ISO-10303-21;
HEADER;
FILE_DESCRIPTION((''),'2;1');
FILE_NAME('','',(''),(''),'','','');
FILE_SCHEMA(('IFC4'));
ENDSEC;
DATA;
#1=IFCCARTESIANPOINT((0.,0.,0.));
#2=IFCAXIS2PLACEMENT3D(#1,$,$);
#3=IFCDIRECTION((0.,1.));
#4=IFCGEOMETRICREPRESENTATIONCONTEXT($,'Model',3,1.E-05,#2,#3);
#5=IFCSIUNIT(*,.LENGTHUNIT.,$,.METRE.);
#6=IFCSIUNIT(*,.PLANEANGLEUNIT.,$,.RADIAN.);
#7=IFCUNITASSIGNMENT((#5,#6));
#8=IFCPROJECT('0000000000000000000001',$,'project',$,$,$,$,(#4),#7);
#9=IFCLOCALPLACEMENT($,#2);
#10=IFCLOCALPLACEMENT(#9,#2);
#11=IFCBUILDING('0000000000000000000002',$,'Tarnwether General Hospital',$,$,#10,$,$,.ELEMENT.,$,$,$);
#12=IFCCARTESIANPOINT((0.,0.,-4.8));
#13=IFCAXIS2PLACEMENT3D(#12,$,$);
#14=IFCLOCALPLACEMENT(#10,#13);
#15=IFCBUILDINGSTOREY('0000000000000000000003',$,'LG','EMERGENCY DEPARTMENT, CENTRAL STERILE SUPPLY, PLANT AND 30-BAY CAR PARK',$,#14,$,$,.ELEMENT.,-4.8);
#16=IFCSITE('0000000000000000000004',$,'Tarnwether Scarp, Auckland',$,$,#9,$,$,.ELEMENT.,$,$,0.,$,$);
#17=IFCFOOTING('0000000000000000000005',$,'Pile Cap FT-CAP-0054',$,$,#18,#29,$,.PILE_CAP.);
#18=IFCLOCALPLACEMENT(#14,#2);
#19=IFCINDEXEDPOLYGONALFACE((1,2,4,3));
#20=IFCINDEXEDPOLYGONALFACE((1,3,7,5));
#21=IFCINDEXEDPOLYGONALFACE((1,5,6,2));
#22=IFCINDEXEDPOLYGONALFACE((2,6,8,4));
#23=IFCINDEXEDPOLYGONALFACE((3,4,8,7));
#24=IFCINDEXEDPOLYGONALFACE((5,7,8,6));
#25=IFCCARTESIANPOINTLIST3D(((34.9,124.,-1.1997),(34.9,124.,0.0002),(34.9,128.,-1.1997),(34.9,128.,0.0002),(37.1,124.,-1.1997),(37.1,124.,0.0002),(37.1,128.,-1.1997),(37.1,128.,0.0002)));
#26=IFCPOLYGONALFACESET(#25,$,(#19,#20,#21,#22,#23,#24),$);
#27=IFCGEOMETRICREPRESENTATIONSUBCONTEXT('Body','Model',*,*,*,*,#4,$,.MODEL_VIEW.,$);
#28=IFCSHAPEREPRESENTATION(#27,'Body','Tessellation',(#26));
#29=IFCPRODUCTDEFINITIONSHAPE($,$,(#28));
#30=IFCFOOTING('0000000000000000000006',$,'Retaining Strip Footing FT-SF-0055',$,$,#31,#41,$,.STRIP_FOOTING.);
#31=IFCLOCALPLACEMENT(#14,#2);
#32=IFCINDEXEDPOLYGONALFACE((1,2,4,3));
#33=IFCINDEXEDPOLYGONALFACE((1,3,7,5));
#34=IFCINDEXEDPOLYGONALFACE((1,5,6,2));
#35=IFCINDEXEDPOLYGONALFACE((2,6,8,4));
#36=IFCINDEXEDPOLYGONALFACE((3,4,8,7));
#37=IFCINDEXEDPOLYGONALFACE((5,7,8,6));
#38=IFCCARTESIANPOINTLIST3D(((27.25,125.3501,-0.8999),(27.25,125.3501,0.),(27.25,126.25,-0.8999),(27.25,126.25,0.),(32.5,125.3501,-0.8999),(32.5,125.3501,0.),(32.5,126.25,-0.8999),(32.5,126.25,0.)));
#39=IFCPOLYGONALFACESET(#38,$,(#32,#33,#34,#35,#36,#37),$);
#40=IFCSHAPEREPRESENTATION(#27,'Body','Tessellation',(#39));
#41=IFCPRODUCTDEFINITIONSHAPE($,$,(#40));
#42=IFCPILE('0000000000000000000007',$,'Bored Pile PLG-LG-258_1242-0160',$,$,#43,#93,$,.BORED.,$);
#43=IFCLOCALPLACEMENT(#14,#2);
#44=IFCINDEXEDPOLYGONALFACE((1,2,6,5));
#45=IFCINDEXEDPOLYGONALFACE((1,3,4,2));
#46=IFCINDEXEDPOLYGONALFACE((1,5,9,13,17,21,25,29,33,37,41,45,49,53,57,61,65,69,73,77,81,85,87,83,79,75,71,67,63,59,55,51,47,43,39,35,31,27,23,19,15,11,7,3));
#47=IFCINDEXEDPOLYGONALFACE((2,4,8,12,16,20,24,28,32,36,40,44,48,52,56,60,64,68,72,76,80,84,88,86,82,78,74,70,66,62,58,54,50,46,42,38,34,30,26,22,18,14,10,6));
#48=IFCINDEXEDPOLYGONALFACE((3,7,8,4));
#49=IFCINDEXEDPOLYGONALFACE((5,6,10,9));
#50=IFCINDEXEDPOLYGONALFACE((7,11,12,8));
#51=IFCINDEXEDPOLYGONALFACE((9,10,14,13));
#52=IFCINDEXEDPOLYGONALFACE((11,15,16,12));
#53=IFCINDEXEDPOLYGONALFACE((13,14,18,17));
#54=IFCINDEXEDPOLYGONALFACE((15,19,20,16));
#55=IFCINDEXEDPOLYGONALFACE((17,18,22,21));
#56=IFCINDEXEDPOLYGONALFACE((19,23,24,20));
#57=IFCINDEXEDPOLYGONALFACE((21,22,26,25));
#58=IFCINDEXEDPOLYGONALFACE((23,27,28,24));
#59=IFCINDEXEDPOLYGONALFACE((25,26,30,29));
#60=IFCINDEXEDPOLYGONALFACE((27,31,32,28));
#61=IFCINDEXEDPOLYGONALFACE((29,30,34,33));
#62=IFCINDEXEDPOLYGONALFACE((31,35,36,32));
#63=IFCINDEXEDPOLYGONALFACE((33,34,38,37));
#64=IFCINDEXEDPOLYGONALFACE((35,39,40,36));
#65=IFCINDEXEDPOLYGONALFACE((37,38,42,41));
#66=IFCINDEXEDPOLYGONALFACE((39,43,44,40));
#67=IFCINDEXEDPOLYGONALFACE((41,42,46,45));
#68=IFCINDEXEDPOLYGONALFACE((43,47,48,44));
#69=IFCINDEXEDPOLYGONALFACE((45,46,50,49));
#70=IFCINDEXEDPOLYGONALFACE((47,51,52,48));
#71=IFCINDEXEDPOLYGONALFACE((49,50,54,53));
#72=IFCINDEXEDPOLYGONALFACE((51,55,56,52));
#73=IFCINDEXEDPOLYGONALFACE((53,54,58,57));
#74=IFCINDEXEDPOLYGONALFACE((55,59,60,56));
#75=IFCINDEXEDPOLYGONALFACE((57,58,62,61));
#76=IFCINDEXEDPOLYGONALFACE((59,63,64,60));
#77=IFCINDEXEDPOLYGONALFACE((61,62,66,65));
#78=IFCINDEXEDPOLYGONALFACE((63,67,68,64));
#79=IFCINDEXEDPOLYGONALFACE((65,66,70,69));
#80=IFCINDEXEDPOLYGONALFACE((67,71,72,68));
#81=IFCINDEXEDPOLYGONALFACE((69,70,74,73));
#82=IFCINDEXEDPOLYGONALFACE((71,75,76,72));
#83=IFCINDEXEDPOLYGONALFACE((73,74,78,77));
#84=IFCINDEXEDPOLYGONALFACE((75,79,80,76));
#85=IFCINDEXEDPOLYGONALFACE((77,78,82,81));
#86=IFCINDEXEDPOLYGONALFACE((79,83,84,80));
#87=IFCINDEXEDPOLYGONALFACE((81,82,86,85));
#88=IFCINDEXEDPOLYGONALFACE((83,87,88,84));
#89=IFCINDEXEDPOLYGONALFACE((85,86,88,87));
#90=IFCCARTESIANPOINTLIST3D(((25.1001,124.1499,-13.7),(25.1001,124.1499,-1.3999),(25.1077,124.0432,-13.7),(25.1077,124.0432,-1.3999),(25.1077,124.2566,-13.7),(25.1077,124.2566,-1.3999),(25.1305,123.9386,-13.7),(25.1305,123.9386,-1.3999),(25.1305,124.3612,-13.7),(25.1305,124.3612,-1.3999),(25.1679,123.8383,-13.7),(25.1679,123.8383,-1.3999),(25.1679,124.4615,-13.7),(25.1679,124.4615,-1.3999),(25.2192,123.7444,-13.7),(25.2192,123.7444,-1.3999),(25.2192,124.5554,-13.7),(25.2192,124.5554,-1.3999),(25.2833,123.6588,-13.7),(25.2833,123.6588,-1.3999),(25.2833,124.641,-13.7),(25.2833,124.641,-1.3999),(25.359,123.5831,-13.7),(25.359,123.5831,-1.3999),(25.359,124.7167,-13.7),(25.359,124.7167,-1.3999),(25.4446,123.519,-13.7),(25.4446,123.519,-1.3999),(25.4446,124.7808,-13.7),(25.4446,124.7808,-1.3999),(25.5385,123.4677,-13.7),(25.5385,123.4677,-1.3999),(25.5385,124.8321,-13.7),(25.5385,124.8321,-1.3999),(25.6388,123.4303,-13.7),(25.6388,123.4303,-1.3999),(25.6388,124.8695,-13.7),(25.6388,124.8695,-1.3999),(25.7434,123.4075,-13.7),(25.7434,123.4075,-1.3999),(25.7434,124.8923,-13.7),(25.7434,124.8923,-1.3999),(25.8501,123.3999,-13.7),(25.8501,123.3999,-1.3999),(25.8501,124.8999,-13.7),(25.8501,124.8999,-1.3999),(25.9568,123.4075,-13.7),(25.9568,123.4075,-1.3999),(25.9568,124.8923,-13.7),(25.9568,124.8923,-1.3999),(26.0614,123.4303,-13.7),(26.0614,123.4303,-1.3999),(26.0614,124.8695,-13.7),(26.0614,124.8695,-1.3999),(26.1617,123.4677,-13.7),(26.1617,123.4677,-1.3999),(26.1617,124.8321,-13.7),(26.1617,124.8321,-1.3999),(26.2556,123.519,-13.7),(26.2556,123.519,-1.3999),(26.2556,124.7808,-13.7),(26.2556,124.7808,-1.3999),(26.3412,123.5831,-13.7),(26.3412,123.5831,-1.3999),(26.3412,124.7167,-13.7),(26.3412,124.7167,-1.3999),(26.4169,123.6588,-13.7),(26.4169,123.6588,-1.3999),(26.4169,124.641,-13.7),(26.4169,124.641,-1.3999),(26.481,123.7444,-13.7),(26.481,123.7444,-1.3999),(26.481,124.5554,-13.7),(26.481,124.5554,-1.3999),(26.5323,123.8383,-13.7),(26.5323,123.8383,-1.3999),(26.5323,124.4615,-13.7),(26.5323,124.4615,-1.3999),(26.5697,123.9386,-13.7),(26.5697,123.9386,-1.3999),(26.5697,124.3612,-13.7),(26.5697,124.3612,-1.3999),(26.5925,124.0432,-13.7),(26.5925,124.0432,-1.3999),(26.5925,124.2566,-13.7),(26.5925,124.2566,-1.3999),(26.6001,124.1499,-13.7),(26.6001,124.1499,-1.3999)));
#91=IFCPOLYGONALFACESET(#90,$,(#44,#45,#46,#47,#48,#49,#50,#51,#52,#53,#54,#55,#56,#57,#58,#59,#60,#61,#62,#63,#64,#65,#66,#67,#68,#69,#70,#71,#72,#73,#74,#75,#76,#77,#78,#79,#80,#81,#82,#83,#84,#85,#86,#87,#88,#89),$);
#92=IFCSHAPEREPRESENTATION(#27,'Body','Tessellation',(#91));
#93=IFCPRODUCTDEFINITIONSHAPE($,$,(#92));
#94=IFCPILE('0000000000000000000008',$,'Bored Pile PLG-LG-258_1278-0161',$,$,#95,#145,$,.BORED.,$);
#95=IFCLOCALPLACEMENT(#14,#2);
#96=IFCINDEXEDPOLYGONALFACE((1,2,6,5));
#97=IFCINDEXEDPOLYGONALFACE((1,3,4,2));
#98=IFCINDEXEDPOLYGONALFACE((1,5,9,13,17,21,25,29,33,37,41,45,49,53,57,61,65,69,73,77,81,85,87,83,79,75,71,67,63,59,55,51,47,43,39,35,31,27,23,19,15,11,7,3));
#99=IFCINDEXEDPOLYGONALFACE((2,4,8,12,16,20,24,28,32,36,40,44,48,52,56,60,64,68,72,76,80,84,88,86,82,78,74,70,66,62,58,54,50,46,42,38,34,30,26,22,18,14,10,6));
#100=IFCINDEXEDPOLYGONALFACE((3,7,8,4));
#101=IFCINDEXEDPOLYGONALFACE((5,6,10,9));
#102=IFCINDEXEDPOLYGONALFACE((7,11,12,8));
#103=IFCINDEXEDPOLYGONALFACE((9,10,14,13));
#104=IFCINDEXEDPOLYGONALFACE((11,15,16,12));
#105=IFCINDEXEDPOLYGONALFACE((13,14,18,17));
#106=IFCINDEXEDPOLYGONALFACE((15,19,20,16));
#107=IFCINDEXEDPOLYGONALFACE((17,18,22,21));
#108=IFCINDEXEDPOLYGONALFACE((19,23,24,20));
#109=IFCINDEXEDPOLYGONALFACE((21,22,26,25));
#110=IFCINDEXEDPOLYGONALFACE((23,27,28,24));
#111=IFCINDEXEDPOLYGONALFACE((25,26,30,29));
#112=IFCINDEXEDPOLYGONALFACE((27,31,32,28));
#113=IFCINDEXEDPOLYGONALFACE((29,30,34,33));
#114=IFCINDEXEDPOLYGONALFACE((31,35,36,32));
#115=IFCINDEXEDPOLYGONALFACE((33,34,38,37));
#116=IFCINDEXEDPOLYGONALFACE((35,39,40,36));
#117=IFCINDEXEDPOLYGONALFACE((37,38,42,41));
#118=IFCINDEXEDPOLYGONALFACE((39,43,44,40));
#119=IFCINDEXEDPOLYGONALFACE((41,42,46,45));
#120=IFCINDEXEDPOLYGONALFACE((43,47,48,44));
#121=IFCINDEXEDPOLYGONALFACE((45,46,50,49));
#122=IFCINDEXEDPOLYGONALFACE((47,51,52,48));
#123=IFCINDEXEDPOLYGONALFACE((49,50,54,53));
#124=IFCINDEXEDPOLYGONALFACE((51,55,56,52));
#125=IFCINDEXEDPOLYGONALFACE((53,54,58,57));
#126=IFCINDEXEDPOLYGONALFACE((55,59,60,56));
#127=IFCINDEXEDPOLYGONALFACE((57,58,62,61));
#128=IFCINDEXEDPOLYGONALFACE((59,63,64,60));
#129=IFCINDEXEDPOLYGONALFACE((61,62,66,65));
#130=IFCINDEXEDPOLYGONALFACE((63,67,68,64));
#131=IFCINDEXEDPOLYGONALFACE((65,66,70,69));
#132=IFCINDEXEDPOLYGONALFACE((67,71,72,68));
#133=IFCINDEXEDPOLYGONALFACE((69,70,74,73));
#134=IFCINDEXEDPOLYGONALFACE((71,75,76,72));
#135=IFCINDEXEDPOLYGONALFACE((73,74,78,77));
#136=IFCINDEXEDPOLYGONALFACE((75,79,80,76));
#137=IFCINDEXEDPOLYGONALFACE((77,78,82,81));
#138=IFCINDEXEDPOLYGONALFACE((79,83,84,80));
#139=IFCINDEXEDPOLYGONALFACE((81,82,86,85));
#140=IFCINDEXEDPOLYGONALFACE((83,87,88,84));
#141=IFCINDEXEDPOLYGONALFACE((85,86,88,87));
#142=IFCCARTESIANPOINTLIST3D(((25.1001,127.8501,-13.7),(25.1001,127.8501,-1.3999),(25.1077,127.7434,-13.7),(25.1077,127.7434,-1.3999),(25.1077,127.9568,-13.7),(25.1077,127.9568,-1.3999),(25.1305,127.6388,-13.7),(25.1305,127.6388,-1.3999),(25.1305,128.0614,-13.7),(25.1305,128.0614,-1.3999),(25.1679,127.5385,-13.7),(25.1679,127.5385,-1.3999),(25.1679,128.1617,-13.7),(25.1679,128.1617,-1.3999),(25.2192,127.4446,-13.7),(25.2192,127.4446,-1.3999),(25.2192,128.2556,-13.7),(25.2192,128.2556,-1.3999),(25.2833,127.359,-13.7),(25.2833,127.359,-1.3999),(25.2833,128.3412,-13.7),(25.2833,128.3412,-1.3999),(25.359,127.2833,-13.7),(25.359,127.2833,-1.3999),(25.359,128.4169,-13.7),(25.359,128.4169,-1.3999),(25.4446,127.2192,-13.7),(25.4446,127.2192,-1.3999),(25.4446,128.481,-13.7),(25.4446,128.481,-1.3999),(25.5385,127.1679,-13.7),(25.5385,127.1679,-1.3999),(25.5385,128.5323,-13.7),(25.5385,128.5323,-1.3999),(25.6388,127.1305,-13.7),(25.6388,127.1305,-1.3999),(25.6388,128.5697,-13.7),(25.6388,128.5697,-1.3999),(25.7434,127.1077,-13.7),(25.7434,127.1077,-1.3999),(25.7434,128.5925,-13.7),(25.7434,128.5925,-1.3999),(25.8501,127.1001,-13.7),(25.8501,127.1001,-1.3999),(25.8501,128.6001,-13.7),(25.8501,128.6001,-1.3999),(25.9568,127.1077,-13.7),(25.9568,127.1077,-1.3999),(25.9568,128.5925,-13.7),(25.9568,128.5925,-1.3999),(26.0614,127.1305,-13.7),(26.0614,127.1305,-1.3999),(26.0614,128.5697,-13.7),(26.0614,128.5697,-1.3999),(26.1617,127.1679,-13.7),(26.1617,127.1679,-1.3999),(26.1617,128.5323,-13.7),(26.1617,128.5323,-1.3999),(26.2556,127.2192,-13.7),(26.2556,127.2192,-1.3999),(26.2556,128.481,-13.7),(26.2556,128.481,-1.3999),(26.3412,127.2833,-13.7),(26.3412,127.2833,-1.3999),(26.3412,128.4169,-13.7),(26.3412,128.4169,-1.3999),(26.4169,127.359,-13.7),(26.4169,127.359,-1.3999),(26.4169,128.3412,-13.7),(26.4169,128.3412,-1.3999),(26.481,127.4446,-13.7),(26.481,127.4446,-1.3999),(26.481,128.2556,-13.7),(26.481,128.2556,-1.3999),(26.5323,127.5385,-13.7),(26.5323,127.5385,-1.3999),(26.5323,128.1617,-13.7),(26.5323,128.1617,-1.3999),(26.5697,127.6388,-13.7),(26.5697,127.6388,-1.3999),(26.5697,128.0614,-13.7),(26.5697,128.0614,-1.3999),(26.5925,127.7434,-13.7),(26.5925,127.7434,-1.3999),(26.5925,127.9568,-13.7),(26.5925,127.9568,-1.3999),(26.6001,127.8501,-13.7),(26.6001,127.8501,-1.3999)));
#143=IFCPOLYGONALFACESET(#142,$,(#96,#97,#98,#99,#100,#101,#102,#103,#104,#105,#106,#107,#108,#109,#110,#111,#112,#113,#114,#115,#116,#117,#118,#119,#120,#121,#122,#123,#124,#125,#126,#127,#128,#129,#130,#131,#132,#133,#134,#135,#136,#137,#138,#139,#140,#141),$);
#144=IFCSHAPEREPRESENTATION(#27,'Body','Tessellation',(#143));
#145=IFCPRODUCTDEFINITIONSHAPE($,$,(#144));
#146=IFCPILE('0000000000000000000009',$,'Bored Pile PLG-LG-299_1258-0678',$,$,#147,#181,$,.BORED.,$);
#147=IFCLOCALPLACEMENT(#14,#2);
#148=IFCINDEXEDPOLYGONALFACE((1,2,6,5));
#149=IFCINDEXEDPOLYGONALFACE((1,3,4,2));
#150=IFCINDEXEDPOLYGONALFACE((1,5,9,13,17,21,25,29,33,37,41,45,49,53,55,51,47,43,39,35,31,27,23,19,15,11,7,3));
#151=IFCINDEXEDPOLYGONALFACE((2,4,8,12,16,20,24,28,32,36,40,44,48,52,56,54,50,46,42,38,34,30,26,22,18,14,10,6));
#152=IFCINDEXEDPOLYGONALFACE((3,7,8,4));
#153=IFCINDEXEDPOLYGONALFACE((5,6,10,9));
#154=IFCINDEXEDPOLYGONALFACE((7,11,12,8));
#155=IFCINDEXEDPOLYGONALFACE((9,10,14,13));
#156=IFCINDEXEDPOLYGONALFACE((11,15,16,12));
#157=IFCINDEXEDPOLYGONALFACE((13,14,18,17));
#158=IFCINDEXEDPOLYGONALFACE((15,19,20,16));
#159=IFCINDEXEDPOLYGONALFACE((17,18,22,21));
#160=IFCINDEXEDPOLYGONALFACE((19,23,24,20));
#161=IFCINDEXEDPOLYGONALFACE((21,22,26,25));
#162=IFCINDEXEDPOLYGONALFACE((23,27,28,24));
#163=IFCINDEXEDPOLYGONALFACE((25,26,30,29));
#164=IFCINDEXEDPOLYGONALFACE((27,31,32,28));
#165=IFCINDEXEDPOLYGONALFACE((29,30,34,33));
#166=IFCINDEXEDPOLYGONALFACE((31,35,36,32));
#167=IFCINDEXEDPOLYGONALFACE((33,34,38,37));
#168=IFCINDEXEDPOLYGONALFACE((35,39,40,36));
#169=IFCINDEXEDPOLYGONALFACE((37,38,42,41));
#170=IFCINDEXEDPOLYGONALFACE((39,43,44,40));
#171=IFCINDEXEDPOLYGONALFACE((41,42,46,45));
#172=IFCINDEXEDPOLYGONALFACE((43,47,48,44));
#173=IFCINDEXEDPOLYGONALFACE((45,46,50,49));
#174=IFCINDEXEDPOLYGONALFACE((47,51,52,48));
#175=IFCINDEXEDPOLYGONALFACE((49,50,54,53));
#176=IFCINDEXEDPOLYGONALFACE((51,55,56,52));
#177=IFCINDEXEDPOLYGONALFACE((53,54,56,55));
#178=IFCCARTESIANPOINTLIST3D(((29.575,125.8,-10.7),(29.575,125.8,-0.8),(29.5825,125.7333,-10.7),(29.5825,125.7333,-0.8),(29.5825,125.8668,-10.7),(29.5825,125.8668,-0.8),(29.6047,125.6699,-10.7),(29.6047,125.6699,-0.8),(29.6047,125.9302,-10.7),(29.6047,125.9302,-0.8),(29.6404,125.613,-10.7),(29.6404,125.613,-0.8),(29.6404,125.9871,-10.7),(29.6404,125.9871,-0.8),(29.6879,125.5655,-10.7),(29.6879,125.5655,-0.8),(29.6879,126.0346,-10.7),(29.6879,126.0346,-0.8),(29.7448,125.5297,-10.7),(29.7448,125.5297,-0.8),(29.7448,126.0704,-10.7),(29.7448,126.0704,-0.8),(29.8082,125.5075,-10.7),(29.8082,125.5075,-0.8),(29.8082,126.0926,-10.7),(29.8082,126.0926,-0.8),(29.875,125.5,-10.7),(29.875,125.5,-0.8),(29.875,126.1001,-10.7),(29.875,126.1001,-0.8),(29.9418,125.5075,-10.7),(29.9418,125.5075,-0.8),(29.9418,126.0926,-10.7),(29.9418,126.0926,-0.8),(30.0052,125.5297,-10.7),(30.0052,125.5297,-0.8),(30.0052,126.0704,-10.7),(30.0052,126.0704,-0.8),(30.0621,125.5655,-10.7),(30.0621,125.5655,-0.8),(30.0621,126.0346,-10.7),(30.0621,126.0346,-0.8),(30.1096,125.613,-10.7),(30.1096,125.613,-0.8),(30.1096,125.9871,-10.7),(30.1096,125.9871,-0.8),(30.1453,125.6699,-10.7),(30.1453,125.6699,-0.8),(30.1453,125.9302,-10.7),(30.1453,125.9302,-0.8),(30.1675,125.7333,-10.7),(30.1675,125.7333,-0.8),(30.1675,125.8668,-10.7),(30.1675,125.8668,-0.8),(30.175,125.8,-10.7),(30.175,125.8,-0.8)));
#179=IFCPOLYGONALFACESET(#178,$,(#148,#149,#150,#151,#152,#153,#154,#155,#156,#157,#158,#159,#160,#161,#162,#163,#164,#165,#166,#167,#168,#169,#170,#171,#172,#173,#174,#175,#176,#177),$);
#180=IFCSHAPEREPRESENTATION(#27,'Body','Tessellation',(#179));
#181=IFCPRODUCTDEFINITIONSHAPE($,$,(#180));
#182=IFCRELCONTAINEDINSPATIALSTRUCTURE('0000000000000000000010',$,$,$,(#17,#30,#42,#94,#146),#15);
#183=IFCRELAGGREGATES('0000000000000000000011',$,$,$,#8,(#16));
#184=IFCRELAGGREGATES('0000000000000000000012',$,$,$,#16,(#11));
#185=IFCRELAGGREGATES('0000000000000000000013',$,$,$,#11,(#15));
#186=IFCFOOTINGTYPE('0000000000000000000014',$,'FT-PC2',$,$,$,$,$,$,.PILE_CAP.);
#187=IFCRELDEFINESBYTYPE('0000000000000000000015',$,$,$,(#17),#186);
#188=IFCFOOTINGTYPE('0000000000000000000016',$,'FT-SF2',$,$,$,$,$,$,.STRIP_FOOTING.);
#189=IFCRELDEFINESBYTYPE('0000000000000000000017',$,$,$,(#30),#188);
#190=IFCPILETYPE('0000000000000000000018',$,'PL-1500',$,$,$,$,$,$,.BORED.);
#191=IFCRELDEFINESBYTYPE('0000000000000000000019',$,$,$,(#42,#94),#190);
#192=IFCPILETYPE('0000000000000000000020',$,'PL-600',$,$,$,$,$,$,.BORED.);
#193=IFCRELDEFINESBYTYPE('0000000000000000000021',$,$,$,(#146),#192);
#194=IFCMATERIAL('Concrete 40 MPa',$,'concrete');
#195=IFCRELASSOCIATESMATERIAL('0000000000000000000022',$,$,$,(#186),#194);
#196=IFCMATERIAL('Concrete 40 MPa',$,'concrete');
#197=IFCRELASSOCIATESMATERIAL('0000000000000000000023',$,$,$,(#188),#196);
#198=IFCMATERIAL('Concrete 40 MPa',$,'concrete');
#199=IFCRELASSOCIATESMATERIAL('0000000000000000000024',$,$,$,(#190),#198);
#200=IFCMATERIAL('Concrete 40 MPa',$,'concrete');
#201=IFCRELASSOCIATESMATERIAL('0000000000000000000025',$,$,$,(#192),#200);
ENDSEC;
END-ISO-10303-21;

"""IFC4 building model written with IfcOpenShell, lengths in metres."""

from ifc_helpers import new_model, si_unit, direction, frame, origin, origin_2d, place, context, subcontext, project, spatial, rectangle, circle, extrude, material, material_profile, profile_set, type_object, element, save


model = new_model("IFC4")

# Units and contexts
model_context = context("Model", 3, precision=1e-05, world=origin(), true_north=direction((0.0, 1.0)))
body_context = subcontext(model_context, "Body", "Model", "MODEL_VIEW")
ifc_project = project(units=[si_unit("LENGTHUNIT", "METRE"), si_unit("PLANEANGLEUNIT", "RADIAN")], contexts=[model_context])

# Site, building, storey
site_placement = place(None, origin())
site = spatial("IfcSite", under=ifc_project, at=site_placement, Name="Tarnwether Scarp, Auckland", CompositionType="ELEMENT", RefElevation=0.0)
building_placement = place(site_placement, origin())
building = spatial("IfcBuilding", under=site, at=building_placement, Name="Tarnwether General Hospital", CompositionType="ELEMENT")
storey_placement = place(building_placement, frame((0.0, 0.0, -4.8)))
storey = spatial("IfcBuildingStorey", under=building, at=storey_placement, Name="LG", Description="EMERGENCY DEPARTMENT, CENTRAL STERILE SUPPLY, PLANT AND 30-BAY CAR PARK", CompositionType="ELEMENT", Elevation=-4.8)

# Footings
ifc_material_1 = material(Name="Concrete 40 MPa", Category="concrete")
footing_type_1 = type_object("IfcFootingType", Name="FT-PC2", PredefinedType="PILE_CAP", material=ifc_material_1)
footing_1_placement = place(storey_placement, frame((36.0, 126.0, -1.1997), z_axis=(0.0, 0.0, 1.0), x_axis=(0.0, 1.0, 0.0)))
element("IfcFooting", 1, at=footing_1_placement, inside=storey, type_object=footing_type_1, Name="Pile Cap FT-CAP-0054", PredefinedType="PILE_CAP", context=body_context, shape_type="SweptSolid", body=[
    extrude(rectangle(XDim=4.0, YDim=2.2, at=origin_2d()), origin(), (0.0, 0.0, 1.0), 1.2),
])
ifc_material_2 = material(Name="Concrete 40 MPa", Category="concrete")
footing_type_2 = type_object("IfcFootingType", Name="FT-SF2", PredefinedType="STRIP_FOOTING", material=ifc_material_2)
footing_2_placement = place(storey_placement, frame((29.875, 125.8, -0.8999), z_axis=(0.0, 0.0, 1.0), x_axis=(1.0, 0.0, 0.0)))
element("IfcFooting", 2, at=footing_2_placement, inside=storey, type_object=footing_type_2, Name="Retaining Strip Footing FT-SF-0055", PredefinedType="STRIP_FOOTING", context=body_context, shape_type="SweptSolid", body=[
    extrude(rectangle(XDim=5.25, YDim=0.8999, at=origin_2d()), origin(), (0.0, 0.0, 1.0), 0.8999),
])

# Piles
ifc_material_3 = material(Name="Concrete 40 MPa", Category="concrete")
ifc_material_profile_1 = material_profile(ifc_material_3, circle(Radius=0.75, at=origin_2d()), Name="PILE-D1500")
ifc_profile_set_1 = profile_set([ifc_material_profile_1], Name="Concrete 40 MPa")
pile_type_1 = type_object("IfcPileType", Name="PL-1500", PredefinedType="BORED", material=ifc_profile_set_1)
for number, where, z_axis, x_axis, name in (
    (3, (25.8501, 124.1499, -1.3999), (0.0, 0.0, -1.0), (1.0, 0.0, 0.0), "Bored Pile PLG-LG-258_1242-0160"),
    (4, (25.8501, 127.8501, -1.3999), (0.0, 0.0, -1.0), (1.0, 0.0, 0.0), "Bored Pile PLG-LG-258_1278-0161"),
):
    element("IfcPile", number, at=place(storey_placement, frame(where, z_axis=z_axis, x_axis=x_axis)), inside=storey, type_object=pile_type_1, Name=name, PredefinedType="BORED", context=body_context, shape_type="SweptSolid", body=[
        extrude(circle(Radius=0.75, at=origin_2d()), origin(), (0.0, 0.0, 1.0), 12.3),
    ])
ifc_material_4 = material(Name="Concrete 40 MPa", Category="concrete")
ifc_material_profile_2 = material_profile(ifc_material_4, circle(Radius=0.3, at=origin_2d()), Name="PILE-D600")
ifc_profile_set_2 = profile_set([ifc_material_profile_2], Name="Concrete 40 MPa")
pile_type_2 = type_object("IfcPileType", Name="PL-600", PredefinedType="BORED", material=ifc_profile_set_2)
for number, where, z_axis, x_axis, name in (
    (5, (29.875, 125.8, -0.8), (0.0, 0.0, -1.0), (1.0, 0.0, 0.0), "Bored Pile PLG-LG-299_1258-0678"),
):
    element("IfcPile", number, at=place(storey_placement, frame(where, z_axis=z_axis, x_axis=x_axis)), inside=storey, type_object=pile_type_2, Name=name, PredefinedType="BORED", context=body_context, shape_type="SweptSolid", body=[
        extrude(circle(Radius=0.3, at=origin_2d()), origin(), (0.0, 0.0, 1.0), 9.8999),
    ])

save(model, "model.ifc")
